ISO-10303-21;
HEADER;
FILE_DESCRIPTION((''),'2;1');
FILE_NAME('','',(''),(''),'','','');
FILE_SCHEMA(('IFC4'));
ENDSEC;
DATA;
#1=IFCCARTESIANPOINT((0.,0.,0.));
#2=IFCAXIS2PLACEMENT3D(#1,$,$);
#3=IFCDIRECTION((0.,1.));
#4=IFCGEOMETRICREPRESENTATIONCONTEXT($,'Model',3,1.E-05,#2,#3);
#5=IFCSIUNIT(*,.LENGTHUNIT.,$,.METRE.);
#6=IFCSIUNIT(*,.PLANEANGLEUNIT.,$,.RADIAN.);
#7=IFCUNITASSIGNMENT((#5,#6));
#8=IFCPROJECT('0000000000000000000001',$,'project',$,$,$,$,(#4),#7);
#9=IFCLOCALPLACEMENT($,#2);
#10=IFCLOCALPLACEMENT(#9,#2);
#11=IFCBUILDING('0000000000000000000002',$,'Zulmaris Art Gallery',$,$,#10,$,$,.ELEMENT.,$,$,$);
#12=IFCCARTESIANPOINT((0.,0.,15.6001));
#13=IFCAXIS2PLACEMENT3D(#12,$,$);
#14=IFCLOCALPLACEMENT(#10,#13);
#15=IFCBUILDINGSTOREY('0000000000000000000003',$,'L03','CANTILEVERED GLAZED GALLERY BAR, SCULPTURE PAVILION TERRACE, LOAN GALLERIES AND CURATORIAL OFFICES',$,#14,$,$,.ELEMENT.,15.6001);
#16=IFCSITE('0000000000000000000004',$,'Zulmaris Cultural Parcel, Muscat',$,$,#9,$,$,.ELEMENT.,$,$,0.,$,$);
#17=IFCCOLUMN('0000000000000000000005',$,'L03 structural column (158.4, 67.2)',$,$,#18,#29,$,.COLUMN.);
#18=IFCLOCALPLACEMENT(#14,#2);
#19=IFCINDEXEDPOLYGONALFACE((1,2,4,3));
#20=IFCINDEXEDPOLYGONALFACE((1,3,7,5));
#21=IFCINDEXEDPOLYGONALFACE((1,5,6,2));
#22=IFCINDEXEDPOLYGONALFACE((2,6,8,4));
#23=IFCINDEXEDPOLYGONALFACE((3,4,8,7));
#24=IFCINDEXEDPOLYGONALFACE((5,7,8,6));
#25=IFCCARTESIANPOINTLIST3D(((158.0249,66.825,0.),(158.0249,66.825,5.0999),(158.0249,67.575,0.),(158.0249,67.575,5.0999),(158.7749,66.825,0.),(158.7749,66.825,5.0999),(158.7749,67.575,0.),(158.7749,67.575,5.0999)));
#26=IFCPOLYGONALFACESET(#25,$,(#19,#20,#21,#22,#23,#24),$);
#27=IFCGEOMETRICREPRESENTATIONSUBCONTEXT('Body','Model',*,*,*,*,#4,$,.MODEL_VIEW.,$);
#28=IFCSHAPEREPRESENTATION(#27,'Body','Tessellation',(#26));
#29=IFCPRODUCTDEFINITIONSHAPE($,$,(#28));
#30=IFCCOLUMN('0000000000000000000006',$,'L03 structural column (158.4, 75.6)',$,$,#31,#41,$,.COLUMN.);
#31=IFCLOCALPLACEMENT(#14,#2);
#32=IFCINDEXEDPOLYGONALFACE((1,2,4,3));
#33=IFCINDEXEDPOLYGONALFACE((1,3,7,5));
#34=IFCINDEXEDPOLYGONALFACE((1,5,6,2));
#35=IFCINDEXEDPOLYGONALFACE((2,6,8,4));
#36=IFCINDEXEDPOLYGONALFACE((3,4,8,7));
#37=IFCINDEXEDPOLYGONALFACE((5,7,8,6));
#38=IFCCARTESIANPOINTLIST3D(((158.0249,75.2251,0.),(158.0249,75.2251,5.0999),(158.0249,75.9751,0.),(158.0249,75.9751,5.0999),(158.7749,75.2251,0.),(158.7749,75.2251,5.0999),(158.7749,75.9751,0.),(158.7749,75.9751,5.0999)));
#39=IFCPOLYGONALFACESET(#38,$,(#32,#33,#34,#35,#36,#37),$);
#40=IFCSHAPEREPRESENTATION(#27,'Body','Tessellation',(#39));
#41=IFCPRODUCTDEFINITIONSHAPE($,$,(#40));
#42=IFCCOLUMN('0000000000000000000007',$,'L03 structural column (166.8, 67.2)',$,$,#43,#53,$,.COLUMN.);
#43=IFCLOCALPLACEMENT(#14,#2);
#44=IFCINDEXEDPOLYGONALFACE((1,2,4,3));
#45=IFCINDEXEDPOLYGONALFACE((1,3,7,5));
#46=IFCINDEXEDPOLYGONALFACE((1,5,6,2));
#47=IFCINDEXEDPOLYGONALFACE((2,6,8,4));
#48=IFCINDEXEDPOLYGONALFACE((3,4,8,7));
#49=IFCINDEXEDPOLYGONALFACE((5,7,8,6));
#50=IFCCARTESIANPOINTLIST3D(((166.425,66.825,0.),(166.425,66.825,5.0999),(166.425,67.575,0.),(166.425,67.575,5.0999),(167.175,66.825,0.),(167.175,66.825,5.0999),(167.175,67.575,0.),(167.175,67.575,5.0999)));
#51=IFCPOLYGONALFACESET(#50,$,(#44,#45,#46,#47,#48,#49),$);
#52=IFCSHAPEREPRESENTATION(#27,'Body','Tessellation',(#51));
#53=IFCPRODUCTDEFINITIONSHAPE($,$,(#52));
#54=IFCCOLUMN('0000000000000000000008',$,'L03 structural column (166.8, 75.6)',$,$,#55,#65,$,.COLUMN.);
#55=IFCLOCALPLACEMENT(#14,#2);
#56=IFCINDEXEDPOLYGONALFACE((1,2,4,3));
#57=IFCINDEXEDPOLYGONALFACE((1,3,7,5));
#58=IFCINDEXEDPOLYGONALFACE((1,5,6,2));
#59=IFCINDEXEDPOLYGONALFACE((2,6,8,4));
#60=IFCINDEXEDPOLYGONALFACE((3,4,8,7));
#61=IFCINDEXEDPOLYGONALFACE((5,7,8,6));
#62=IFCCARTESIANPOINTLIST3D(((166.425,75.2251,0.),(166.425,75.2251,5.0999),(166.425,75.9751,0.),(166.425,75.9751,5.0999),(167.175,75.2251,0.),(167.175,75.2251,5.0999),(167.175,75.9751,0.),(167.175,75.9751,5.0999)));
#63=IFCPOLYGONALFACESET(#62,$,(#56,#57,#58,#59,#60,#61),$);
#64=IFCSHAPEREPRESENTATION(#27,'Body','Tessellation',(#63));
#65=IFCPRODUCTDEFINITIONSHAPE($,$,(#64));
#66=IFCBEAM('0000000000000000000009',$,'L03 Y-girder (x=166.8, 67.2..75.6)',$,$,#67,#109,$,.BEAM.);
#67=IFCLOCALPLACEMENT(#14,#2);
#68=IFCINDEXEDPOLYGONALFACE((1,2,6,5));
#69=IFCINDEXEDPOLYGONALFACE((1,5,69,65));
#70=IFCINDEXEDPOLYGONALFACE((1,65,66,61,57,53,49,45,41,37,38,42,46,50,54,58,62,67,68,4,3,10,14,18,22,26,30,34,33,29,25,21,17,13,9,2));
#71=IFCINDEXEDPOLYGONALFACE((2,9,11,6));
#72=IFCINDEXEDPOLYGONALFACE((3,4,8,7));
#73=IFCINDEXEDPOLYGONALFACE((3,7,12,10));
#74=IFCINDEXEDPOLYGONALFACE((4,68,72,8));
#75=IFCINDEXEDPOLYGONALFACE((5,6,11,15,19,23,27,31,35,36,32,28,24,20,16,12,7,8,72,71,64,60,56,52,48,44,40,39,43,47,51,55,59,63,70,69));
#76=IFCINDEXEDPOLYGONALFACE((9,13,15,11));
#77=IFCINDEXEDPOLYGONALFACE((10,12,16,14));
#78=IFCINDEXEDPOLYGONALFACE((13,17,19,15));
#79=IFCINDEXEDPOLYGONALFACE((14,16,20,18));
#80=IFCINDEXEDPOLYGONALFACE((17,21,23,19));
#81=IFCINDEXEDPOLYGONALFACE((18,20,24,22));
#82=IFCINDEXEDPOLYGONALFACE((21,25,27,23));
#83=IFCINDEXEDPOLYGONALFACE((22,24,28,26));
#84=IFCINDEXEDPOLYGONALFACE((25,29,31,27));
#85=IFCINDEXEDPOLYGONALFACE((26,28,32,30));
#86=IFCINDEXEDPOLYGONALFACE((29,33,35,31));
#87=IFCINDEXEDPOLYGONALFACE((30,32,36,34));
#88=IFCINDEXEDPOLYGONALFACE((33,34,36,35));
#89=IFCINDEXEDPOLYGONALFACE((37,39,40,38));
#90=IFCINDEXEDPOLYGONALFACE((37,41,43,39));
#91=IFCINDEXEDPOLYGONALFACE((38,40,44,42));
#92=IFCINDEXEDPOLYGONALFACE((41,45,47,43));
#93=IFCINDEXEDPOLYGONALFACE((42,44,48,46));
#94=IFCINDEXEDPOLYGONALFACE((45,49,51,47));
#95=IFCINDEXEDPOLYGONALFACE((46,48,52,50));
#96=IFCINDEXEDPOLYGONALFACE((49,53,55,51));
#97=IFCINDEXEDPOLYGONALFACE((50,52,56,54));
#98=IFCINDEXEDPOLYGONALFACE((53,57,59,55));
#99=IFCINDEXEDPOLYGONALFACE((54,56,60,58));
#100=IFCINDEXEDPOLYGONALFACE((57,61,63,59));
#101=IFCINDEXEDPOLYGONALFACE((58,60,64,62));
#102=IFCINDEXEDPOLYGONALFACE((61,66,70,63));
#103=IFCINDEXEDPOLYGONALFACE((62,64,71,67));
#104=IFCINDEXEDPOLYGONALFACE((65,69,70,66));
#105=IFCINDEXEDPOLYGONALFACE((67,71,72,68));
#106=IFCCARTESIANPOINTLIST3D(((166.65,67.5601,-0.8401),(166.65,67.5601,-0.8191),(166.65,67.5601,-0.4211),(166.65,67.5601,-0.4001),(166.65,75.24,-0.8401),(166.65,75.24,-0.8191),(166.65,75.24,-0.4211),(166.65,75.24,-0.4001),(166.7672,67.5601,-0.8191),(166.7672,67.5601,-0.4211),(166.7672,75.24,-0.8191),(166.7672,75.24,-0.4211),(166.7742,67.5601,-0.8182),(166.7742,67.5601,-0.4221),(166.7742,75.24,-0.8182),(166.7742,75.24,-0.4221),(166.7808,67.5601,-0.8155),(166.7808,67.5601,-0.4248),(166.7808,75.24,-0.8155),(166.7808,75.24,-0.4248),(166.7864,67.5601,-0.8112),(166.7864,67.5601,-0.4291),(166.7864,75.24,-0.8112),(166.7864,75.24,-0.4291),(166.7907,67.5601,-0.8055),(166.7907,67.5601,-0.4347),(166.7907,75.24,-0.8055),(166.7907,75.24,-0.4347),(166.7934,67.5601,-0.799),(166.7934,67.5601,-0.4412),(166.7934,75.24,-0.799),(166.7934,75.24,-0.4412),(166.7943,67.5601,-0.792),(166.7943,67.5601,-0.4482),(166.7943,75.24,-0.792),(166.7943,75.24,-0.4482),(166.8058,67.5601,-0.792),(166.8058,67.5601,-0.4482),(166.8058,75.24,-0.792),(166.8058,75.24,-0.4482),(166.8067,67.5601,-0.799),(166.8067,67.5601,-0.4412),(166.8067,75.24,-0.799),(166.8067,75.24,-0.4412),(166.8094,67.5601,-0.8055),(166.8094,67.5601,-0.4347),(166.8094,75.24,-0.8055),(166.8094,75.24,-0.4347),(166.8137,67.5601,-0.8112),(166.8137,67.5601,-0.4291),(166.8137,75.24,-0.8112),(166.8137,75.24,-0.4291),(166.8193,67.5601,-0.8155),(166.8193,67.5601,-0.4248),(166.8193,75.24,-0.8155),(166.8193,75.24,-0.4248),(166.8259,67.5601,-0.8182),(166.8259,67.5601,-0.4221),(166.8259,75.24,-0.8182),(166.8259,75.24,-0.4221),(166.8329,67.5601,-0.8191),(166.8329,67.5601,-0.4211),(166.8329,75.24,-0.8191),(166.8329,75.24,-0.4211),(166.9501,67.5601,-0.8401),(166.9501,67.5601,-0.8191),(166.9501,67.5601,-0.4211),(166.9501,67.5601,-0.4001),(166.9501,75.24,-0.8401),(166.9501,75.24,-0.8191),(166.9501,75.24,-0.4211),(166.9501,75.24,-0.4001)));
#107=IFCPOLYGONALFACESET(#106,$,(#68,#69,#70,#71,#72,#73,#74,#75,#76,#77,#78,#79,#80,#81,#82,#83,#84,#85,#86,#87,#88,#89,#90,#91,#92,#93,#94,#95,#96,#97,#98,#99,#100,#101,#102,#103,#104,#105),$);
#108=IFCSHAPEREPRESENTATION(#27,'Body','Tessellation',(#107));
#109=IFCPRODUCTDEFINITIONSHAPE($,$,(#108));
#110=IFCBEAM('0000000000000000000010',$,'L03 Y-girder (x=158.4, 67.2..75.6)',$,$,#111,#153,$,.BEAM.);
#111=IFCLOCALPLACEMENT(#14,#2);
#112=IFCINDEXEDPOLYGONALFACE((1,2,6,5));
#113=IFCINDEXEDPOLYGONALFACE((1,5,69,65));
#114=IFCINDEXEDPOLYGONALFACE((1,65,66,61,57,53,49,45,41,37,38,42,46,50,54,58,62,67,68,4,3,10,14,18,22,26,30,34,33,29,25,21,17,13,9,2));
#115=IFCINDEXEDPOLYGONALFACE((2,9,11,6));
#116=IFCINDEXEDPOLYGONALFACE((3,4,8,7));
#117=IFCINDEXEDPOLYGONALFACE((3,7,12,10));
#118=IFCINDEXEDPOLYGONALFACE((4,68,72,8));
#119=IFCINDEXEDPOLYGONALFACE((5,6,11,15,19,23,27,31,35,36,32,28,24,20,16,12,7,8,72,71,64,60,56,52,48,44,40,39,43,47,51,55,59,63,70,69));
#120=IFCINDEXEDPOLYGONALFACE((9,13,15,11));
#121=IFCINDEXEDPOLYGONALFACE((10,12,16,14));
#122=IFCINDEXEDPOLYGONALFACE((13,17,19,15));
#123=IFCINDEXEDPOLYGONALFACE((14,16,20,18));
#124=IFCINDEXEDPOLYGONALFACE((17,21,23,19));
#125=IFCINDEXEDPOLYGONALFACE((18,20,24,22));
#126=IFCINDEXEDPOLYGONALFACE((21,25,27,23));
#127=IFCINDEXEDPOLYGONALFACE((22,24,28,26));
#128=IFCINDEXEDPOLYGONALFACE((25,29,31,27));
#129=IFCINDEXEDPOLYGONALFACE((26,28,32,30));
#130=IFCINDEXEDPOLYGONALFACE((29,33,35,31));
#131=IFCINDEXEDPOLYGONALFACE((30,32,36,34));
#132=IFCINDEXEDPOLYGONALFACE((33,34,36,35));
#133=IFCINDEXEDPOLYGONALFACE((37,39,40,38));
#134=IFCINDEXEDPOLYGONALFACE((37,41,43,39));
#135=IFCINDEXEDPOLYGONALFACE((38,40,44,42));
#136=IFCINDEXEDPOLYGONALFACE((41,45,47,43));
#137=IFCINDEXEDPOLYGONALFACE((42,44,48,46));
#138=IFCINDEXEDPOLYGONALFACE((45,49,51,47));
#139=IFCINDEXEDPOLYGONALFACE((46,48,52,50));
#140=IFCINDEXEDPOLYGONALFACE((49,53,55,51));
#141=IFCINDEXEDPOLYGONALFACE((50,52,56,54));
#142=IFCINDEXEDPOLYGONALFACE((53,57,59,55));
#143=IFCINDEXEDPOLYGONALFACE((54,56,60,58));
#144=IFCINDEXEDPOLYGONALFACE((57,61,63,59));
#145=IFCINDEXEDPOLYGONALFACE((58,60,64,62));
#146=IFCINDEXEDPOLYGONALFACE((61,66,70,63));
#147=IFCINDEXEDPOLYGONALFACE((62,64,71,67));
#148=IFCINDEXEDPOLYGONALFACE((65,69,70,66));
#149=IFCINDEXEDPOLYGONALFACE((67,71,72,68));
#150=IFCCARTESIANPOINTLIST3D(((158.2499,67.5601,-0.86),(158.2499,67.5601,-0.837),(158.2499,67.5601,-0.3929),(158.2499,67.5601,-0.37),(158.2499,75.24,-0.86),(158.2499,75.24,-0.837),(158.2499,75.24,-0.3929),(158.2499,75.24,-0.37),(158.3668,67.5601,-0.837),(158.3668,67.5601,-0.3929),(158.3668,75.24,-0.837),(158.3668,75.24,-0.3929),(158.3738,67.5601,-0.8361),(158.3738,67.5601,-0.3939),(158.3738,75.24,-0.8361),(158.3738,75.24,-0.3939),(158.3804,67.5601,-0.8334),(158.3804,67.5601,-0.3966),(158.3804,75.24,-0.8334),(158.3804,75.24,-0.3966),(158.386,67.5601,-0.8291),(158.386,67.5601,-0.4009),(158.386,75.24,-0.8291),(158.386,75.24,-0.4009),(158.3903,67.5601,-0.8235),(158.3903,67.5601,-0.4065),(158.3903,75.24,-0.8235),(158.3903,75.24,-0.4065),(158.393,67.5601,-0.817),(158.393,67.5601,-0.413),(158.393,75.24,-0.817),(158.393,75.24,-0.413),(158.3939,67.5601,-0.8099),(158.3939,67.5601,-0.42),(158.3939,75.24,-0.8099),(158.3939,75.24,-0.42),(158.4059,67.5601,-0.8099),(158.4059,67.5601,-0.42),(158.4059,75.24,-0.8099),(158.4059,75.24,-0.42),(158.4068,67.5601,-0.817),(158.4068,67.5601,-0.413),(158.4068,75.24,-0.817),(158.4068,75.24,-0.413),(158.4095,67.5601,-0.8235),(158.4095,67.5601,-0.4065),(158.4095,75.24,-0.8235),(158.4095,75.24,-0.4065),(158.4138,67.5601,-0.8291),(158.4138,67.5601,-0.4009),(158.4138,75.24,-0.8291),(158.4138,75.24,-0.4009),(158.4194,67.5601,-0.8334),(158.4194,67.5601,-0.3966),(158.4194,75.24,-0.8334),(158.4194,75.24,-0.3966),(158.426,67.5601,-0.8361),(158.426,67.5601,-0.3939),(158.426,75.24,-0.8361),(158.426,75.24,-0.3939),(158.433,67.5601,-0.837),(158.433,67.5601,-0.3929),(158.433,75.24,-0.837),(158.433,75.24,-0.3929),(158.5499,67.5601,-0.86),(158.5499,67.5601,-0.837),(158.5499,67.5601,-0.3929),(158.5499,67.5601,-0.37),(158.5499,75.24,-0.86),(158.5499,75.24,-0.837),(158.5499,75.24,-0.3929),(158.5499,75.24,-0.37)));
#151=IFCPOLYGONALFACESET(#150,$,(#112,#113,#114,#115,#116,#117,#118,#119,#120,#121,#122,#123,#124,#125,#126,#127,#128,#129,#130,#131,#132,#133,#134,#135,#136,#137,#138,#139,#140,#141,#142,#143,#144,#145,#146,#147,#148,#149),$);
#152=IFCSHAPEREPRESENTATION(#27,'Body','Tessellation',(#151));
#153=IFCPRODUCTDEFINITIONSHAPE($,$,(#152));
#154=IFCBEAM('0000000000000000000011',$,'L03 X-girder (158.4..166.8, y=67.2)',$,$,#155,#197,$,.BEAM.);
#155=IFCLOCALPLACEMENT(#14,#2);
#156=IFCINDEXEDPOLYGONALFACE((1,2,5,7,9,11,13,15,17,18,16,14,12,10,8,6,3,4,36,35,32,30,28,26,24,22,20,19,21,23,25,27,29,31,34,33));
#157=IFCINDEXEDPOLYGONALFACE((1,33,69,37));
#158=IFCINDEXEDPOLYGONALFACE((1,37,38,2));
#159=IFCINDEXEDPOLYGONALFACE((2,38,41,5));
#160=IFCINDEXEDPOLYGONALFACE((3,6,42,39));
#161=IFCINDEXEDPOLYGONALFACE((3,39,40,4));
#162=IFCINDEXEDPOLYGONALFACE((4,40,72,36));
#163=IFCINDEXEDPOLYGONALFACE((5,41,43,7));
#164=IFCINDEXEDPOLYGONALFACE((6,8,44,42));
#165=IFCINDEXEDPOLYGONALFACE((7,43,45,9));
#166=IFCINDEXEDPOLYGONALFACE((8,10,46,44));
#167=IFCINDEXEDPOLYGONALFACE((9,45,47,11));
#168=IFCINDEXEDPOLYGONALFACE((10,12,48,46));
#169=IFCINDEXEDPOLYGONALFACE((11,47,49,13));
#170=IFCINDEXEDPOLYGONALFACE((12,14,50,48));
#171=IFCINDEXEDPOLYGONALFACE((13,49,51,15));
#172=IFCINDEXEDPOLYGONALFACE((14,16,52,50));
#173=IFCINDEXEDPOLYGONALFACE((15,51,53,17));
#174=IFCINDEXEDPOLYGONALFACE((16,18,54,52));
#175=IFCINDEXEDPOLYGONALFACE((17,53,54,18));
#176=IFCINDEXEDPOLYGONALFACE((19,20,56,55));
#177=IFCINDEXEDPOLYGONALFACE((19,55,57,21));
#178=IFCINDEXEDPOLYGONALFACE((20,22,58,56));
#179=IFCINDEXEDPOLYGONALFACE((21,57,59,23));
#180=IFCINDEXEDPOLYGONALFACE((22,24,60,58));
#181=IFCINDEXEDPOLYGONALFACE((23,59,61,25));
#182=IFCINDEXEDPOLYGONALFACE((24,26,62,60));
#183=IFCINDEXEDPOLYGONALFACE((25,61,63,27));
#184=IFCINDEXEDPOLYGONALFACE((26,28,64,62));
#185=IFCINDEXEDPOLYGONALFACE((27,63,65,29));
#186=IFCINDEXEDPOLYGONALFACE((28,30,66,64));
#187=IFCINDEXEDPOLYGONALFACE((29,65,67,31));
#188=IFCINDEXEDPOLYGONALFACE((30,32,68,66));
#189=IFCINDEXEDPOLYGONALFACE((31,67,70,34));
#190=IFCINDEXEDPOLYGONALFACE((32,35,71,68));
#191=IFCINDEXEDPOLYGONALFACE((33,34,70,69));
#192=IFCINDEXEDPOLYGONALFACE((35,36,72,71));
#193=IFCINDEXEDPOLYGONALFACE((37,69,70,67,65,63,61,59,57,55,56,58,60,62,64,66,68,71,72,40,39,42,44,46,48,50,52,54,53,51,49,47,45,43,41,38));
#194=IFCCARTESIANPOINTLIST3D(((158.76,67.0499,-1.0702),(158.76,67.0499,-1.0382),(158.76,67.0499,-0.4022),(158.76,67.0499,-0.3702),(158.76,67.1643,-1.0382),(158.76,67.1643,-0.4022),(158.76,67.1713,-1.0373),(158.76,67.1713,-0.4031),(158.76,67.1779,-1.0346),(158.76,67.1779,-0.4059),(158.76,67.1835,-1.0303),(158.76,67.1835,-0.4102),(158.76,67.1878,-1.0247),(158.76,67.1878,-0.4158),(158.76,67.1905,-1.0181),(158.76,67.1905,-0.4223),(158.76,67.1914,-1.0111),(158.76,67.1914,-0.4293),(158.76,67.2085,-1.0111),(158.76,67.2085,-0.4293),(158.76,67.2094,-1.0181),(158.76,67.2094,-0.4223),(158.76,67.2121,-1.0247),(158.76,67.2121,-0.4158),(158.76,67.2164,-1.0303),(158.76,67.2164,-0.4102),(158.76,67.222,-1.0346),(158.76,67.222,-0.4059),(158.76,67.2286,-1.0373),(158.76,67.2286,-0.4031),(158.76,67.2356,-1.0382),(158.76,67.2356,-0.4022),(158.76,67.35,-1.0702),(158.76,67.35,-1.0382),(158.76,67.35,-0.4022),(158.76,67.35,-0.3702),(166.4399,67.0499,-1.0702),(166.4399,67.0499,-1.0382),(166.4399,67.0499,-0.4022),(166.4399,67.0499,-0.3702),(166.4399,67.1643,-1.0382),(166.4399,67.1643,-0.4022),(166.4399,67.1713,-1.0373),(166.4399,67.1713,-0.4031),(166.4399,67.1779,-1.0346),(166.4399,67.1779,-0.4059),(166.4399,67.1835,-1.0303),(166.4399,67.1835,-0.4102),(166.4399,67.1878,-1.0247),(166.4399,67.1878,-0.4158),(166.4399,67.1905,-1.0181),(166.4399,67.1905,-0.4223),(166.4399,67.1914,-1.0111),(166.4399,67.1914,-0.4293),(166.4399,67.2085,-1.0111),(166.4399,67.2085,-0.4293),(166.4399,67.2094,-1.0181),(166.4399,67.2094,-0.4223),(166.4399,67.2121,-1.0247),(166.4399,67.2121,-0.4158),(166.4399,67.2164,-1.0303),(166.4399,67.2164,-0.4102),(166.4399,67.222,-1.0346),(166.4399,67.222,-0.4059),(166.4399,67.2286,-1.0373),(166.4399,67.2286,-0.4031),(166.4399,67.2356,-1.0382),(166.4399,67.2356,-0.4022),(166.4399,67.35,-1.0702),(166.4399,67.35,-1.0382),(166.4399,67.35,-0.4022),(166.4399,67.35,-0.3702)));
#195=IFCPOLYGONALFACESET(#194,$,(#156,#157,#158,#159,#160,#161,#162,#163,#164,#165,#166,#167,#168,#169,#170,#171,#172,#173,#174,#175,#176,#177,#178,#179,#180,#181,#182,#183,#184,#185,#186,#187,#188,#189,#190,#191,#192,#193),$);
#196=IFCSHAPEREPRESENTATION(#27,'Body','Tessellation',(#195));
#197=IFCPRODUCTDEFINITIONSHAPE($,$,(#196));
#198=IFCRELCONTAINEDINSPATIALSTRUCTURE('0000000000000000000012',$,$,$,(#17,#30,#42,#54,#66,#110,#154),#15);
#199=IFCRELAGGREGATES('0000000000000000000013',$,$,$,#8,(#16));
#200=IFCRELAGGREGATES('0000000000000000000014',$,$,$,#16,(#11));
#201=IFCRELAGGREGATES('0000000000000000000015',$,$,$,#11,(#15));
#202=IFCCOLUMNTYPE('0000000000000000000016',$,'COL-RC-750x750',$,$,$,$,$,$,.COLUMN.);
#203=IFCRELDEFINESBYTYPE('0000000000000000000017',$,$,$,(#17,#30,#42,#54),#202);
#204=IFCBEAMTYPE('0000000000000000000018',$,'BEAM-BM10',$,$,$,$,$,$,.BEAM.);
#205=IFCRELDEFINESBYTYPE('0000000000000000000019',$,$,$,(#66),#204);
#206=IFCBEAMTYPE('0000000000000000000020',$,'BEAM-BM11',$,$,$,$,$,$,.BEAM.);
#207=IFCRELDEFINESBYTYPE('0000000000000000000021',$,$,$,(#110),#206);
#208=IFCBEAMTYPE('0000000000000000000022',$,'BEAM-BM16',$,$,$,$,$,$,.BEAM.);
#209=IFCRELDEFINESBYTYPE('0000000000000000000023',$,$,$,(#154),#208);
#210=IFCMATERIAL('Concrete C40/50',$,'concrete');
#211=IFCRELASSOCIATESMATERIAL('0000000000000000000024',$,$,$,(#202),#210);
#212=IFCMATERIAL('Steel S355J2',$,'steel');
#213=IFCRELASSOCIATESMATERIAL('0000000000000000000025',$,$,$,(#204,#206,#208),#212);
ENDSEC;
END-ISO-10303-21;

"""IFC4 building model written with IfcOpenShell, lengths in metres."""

from ifc_helpers import new_model, si_unit, direction, frame, origin, origin_2d, place, context, subcontext, project, spatial, rectangle, i_section, extrude, material, material_profile, profile_set, type_object, element, save


model = new_model("IFC4")

# Units and contexts
model_context = context("Model", 3, precision=1e-05, world=origin(), true_north=direction((0.0, 1.0)))
body_context = subcontext(model_context, "Body", "Model", "MODEL_VIEW")
ifc_project = project(units=[si_unit("LENGTHUNIT", "METRE"), si_unit("PLANEANGLEUNIT", "RADIAN")], contexts=[model_context])

# Site, building, storey
site_placement = place(None, origin())
site = spatial("IfcSite", under=ifc_project, at=site_placement, Name="Zulmaris Cultural Parcel, Muscat", CompositionType="ELEMENT", RefElevation=0.0)
building_placement = place(site_placement, origin())
building = spatial("IfcBuilding", under=site, at=building_placement, Name="Zulmaris Art Gallery", CompositionType="ELEMENT")
storey_placement = place(building_placement, frame((0.0, 0.0, 15.6001)))
storey = spatial("IfcBuildingStorey", under=building, at=storey_placement, Name="L03", Description="CANTILEVERED GLAZED GALLERY BAR, SCULPTURE PAVILION TERRACE, LOAN GALLERIES AND CURATORIAL OFFICES", CompositionType="ELEMENT", Elevation=15.6001)

# Columns
ifc_material_1 = material(Name="Concrete C40/50", Category="concrete")
ifc_material_profile_1 = material_profile(ifc_material_1, rectangle(XDim=0.75, YDim=0.75, at=origin_2d()), Name="RC 750x750")
ifc_profile_set_1 = profile_set([ifc_material_profile_1], Name="Concrete C40/50")
column_type = type_object("IfcColumnType", Name="COL-RC-750x750", PredefinedType="COLUMN", material=ifc_profile_set_1)
for number, where, z_axis, x_axis, name in (
    (1, (158.3999, 67.2, 0.0), (0.0, 0.0, 1.0), (1.0, 0.0, 0.0), "L03 structural column (158.4, 67.2)"),
    (2, (158.3999, 75.6001, 0.0), (0.0, 0.0, 1.0), (1.0, 0.0, 0.0), "L03 structural column (158.4, 75.6)"),
    (3, (166.8, 67.2, 0.0), (0.0, 0.0, 1.0), (1.0, 0.0, 0.0), "L03 structural column (166.8, 67.2)"),
    (4, (166.8, 75.6001, 0.0), (0.0, 0.0, 1.0), (1.0, 0.0, 0.0), "L03 structural column (166.8, 75.6)"),
):
    element("IfcColumn", number, at=place(storey_placement, frame(where, z_axis=z_axis, x_axis=x_axis)), inside=storey, type_object=column_type, Name=name, PredefinedType="COLUMN", context=body_context, shape_type="SweptSolid", body=[
        extrude(rectangle(XDim=0.75, YDim=0.75, at=origin_2d()), origin(), (0.0, 0.0, 1.0), 5.0999),
    ])

# Beams
ifc_material_2 = material(Name="Steel S355J2", Category="steel")
ifc_material_profile_2 = material_profile(ifc_material_2, i_section(OverallWidth=0.3, OverallDepth=0.4399, WebThickness=0.0115, FlangeThickness=0.021, FilletRadius=0.0271, at=origin_2d()), Name="HEA 450")
ifc_profile_set_2 = profile_set([ifc_material_profile_2], Name="Steel S355J2")
beam_type_1 = type_object("IfcBeamType", Name="BEAM-BM10", PredefinedType="BEAM", material=ifc_profile_set_2)
beam_1_placement = place(storey_placement, frame((166.8, 67.5601, -0.6201), z_axis=(0.0, 1.0, 0.0), x_axis=(-1.0, 0.0, 0.0)))
element("IfcBeam", 5, at=beam_1_placement, inside=storey, type_object=beam_type_1, Name="L03 Y-girder (x=166.8, 67.2..75.6)", PredefinedType="BEAM", context=body_context, shape_type="SweptSolid", body=[
    extrude(i_section(OverallWidth=0.3, OverallDepth=0.4399, WebThickness=0.0115, FlangeThickness=0.021, FilletRadius=0.0271, at=origin_2d()), origin(), (0.0, 0.0, 1.0), 7.6799),
])
ifc_material_profile_3 = material_profile(ifc_material_2, i_section(OverallWidth=0.3, OverallDepth=0.49, WebThickness=0.012, FlangeThickness=0.0229, FilletRadius=0.0271, at=origin_2d()), Name="HEA 500")
ifc_profile_set_3 = profile_set([ifc_material_profile_3], Name="Steel S355J2")
beam_type_2 = type_object("IfcBeamType", Name="BEAM-BM11", PredefinedType="BEAM", material=ifc_profile_set_3)
beam_2_placement = place(storey_placement, frame((158.3999, 67.5601, -0.615), z_axis=(0.0, 1.0, 0.0), x_axis=(-1.0, 0.0, 0.0)))
element("IfcBeam", 6, at=beam_2_placement, inside=storey, type_object=beam_type_2, Name="L03 Y-girder (x=158.4, 67.2..75.6)", PredefinedType="BEAM", context=body_context, shape_type="SweptSolid", body=[
    extrude(i_section(OverallWidth=0.3, OverallDepth=0.49, WebThickness=0.012, FlangeThickness=0.0229, FilletRadius=0.0271, at=origin_2d()), origin(), (0.0, 0.0, 1.0), 7.6799),
])
ifc_material_profile_4 = material_profile(ifc_material_2, i_section(OverallWidth=0.3, OverallDepth=0.7, WebThickness=0.0171, FlangeThickness=0.032, FilletRadius=0.0271, at=origin_2d()), Name="HEB 700")
ifc_profile_set_4 = profile_set([ifc_material_profile_4], Name="Steel S355J2")
beam_type_3 = type_object("IfcBeamType", Name="BEAM-BM16", PredefinedType="BEAM", material=ifc_profile_set_4)
beam_3_placement = place(storey_placement, frame((158.76, 67.2, -0.7202), z_axis=(1.0, 0.0, 0.0), x_axis=(0.0, 1.0, 0.0)))
element("IfcBeam", 7, at=beam_3_placement, inside=storey, type_object=beam_type_3, Name="L03 X-girder (158.4..166.8, y=67.2)", PredefinedType="BEAM", context=body_context, shape_type="SweptSolid", body=[
    extrude(i_section(OverallWidth=0.3, OverallDepth=0.7, WebThickness=0.0171, FlangeThickness=0.032, FilletRadius=0.0271, at=origin_2d()), origin(), (0.0, 0.0, 1.0), 7.6799),
])

save(model, "model.ifc")
